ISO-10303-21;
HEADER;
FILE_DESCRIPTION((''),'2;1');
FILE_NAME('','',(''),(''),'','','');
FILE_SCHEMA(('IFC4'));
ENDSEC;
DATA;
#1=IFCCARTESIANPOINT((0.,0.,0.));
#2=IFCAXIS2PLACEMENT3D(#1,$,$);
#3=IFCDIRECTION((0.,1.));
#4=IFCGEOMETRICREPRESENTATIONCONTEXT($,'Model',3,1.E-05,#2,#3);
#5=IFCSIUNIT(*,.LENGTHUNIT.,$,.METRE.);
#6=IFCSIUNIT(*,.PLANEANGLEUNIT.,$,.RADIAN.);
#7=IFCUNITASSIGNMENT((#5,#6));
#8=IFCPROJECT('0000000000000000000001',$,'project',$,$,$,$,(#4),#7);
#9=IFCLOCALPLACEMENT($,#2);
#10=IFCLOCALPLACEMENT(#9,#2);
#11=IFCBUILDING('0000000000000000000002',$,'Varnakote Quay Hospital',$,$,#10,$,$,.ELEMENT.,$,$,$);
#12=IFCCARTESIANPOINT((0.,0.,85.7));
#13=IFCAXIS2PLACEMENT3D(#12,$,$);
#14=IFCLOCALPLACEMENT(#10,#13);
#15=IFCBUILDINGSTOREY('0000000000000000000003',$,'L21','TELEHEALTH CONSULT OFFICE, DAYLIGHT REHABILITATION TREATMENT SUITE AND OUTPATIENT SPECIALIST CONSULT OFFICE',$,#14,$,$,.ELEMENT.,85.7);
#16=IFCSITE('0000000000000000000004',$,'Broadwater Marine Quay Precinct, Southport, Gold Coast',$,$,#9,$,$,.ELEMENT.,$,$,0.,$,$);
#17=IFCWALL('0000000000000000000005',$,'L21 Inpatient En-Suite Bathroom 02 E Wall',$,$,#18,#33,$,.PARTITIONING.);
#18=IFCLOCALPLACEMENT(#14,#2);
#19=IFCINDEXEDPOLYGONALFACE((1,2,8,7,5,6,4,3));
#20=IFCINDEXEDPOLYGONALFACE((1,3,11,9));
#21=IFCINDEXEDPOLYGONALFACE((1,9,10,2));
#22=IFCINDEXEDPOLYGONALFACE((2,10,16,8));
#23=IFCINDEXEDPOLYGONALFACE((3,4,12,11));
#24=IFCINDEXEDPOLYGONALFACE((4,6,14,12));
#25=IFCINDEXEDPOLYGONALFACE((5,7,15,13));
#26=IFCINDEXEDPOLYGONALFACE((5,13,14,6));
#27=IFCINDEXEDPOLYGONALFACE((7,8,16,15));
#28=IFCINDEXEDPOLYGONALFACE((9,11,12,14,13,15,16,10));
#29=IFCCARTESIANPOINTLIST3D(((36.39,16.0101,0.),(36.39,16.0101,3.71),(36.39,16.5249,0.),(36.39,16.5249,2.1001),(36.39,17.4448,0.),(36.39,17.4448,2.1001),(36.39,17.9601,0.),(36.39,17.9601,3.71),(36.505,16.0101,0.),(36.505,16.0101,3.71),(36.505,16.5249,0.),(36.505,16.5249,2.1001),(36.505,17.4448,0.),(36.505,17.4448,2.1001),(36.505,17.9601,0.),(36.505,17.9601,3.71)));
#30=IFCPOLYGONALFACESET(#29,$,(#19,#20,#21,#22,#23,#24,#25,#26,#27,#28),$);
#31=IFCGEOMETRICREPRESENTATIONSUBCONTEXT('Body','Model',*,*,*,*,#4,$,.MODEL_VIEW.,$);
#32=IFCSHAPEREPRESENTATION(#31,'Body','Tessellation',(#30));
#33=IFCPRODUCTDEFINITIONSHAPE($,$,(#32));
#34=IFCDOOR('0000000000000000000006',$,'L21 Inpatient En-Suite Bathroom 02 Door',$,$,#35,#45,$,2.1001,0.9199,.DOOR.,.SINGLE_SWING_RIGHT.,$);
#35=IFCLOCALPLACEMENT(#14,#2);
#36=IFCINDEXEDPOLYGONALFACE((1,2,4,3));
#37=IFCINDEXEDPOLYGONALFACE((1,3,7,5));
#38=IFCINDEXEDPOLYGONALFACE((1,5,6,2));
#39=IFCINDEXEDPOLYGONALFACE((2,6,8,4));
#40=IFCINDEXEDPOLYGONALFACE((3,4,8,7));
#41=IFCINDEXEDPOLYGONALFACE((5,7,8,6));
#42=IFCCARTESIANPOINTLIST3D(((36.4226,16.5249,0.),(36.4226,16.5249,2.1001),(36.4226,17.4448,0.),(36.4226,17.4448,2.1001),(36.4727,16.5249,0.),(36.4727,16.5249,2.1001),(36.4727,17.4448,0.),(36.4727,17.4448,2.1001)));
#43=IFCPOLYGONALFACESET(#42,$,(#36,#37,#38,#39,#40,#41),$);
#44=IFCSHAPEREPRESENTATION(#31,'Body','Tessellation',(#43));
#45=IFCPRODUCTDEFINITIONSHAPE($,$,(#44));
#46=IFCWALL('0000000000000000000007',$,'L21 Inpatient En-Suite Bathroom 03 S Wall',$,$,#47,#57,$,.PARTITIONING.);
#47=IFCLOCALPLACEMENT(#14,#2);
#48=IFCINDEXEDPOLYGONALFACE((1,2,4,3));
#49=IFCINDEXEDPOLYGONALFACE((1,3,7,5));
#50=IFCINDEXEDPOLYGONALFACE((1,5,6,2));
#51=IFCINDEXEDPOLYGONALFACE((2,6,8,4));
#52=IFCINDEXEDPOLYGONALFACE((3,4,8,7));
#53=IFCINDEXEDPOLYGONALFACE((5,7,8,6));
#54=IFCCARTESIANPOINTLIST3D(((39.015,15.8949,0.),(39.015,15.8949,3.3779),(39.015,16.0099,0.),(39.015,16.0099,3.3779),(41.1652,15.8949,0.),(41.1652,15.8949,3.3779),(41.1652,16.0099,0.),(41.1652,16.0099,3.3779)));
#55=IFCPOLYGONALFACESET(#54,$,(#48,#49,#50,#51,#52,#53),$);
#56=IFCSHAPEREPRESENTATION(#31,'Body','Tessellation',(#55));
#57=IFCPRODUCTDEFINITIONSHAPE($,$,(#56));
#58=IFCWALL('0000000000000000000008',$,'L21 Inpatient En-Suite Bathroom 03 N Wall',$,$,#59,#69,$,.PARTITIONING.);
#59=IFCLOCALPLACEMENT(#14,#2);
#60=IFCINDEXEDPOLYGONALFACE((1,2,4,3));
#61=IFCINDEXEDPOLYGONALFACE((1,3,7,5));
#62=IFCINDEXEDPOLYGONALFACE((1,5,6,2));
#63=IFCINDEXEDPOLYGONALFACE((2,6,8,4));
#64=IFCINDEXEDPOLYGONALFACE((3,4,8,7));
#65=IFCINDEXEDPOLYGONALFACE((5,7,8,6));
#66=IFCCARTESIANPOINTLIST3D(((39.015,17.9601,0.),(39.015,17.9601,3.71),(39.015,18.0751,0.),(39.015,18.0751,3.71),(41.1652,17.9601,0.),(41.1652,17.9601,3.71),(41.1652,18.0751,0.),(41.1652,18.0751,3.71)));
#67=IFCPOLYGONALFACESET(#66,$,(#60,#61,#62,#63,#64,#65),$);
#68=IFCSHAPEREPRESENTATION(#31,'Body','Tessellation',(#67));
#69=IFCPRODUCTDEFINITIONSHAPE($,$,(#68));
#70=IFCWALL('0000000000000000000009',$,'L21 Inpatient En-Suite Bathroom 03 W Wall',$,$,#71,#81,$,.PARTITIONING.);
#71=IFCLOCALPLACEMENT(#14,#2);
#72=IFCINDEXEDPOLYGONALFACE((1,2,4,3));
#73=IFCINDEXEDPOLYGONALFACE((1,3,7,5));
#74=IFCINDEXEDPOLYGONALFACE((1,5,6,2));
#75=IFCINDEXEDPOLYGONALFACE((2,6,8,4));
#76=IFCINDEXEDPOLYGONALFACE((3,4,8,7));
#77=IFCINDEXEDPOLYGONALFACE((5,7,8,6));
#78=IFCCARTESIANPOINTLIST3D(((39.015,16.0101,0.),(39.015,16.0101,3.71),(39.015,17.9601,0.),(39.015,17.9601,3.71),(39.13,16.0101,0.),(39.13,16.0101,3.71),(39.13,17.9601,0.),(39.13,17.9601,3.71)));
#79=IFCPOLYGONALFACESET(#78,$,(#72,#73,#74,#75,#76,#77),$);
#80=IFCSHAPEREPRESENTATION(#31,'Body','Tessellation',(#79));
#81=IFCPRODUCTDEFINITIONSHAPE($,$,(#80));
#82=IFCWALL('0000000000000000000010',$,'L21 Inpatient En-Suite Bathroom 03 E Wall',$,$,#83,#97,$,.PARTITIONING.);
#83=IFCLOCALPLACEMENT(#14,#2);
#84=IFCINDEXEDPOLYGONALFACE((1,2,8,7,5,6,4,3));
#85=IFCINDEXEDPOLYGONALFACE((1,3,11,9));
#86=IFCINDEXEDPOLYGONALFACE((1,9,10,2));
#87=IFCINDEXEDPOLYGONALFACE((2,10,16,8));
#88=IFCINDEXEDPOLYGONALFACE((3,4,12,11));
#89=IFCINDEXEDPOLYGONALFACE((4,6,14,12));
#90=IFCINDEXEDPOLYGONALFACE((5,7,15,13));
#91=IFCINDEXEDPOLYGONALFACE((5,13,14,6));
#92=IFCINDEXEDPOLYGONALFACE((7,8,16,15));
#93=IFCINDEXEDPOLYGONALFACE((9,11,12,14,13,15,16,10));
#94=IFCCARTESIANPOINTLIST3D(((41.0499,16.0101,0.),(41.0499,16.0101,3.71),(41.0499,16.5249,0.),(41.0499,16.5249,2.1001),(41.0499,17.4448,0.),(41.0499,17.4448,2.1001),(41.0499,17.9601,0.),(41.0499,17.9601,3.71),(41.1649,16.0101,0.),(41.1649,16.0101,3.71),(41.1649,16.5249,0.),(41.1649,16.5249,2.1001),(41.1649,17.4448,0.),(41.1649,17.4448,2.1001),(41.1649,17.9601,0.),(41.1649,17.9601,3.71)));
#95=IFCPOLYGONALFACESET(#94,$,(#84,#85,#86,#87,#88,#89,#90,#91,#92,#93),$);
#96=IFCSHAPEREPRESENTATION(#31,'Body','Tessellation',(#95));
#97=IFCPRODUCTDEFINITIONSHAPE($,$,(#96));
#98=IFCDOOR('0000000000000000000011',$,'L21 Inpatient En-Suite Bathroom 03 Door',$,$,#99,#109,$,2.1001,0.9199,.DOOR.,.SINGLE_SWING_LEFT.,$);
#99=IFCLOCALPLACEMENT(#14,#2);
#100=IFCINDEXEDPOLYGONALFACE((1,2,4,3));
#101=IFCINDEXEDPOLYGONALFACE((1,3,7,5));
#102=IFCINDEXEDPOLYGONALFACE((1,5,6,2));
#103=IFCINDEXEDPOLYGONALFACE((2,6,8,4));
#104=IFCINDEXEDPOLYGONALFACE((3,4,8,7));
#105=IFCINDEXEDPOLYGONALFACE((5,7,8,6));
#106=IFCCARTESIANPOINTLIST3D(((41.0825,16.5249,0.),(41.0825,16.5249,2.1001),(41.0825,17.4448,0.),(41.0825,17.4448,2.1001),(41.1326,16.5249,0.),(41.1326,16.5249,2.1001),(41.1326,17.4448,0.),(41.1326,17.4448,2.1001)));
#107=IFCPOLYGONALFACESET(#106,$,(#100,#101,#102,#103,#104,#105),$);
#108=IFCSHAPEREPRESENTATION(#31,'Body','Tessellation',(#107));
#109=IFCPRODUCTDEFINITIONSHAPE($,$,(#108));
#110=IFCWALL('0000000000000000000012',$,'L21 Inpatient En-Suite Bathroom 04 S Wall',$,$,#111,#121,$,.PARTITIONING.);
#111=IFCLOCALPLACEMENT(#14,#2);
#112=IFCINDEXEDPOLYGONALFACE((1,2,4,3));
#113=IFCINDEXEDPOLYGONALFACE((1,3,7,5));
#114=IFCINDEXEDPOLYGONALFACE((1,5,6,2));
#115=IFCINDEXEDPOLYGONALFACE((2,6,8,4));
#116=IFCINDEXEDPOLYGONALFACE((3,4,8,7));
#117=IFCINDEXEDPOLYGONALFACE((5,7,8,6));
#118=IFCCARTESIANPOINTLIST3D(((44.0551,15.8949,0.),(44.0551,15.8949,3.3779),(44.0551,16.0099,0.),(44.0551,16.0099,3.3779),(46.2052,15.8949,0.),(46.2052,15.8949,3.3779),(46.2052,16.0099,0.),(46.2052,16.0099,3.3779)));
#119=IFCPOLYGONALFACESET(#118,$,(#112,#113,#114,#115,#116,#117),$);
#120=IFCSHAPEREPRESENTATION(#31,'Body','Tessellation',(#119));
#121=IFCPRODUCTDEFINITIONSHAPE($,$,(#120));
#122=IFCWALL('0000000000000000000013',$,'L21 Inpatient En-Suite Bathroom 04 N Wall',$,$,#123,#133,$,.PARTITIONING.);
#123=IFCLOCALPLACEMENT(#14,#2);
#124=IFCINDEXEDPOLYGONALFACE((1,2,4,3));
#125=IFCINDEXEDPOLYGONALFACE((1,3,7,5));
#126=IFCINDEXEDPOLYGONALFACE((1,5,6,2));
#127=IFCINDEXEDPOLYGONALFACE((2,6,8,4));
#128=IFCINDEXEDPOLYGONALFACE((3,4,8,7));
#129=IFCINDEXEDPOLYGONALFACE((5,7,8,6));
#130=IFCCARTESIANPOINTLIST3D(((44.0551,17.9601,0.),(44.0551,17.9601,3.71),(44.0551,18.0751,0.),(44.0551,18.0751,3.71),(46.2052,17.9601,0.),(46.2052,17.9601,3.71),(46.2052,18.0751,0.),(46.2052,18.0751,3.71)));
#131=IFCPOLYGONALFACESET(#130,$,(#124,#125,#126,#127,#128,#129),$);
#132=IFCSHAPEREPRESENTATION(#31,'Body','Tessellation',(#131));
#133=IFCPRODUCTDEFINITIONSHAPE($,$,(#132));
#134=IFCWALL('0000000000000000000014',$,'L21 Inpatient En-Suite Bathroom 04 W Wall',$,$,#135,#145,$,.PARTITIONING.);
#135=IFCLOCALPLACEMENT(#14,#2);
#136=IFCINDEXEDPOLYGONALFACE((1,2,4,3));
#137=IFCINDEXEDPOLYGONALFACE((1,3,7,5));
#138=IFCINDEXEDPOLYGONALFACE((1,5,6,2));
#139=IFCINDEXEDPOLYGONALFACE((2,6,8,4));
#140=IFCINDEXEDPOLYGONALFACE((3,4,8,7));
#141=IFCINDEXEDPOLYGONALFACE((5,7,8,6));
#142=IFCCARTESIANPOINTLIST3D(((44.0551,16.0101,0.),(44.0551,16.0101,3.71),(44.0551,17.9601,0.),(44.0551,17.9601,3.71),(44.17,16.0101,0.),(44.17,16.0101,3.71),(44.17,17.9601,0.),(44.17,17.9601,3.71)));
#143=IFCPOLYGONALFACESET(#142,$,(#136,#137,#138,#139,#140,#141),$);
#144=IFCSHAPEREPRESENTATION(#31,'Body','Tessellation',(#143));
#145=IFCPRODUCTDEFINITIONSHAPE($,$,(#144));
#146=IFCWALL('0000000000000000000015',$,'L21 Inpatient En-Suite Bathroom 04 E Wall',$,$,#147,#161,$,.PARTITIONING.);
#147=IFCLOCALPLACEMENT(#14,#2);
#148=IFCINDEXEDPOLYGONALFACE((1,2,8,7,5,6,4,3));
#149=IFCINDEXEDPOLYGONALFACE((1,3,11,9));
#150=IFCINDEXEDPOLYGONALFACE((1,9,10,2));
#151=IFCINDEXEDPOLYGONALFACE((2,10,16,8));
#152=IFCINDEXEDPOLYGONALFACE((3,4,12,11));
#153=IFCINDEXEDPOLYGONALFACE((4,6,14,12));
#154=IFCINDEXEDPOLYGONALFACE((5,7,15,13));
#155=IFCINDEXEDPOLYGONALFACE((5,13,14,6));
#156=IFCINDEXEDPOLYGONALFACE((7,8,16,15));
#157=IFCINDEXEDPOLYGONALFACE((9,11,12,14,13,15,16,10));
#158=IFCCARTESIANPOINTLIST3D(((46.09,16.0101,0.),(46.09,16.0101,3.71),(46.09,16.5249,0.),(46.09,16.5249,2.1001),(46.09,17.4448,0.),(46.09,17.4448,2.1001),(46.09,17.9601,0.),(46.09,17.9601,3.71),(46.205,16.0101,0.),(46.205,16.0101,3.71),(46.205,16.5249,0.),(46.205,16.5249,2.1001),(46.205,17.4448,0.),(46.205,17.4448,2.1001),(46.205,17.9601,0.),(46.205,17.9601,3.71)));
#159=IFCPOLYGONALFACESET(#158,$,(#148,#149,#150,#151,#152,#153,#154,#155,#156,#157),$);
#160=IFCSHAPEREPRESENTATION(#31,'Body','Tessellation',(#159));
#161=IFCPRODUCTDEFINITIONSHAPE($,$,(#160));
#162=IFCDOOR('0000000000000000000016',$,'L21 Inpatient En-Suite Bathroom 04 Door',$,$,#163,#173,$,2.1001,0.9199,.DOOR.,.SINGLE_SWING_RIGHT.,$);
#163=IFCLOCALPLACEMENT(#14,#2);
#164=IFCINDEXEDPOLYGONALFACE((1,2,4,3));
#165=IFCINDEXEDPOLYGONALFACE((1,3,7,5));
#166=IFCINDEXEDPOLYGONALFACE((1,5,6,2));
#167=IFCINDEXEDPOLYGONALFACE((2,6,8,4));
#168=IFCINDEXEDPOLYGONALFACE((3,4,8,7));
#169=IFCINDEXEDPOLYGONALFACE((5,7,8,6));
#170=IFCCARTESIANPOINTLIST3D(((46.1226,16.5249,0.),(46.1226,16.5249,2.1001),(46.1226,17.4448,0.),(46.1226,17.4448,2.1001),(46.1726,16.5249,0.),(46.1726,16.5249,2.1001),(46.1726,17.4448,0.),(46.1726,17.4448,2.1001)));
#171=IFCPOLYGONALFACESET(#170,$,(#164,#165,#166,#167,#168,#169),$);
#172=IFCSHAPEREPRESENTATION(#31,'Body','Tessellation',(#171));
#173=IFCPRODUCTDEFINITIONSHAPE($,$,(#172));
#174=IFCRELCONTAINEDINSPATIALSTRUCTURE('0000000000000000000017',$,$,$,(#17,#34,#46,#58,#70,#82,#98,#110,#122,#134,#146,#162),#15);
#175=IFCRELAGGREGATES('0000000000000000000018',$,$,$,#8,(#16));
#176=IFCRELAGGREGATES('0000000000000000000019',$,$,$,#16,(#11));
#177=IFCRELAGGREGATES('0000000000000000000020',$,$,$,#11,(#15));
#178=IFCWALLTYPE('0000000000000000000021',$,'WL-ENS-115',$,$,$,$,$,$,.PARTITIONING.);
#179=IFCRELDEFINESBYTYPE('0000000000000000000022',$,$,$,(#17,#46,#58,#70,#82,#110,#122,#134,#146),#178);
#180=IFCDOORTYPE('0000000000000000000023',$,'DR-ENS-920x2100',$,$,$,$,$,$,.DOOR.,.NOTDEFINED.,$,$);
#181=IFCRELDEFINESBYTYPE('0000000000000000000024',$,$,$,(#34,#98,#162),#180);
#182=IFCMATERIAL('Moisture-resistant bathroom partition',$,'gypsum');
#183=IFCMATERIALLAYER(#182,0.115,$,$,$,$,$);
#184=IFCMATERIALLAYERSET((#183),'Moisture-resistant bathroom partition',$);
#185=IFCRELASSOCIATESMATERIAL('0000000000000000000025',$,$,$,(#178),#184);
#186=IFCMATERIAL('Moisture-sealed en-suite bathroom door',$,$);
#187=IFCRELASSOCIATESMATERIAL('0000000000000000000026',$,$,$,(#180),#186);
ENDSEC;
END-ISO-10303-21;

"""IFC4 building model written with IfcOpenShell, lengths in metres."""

from ifc_helpers import new_model, si_unit, direction, frame, frame_2d, origin, place, context, subcontext, project, spatial, rectangle, extrude, material, layer, layer_set, type_object, element, fill, save


model = new_model("IFC4")

# Units and contexts
model_context = context("Model", 3, precision=1e-05, world=origin(), true_north=direction((0.0, 1.0)))
body_context = subcontext(model_context, "Body", "Model", "MODEL_VIEW")
ifc_project = project(units=[si_unit("LENGTHUNIT", "METRE"), si_unit("PLANEANGLEUNIT", "RADIAN")], contexts=[model_context])

# Site, building, storey
site_placement = place(None, origin())
site = spatial("IfcSite", under=ifc_project, at=site_placement, Name="Broadwater Marine Quay Precinct, Southport, Gold Coast", CompositionType="ELEMENT", RefElevation=0.0)
building_placement = place(site_placement, origin())
building = spatial("IfcBuilding", under=site, at=building_placement, Name="Varnakote Quay Hospital", CompositionType="ELEMENT")
storey_placement = place(building_placement, frame((0.0, 0.0, 85.7)))
storey = spatial("IfcBuildingStorey", under=building, at=storey_placement, Name="L21", Description="TELEHEALTH CONSULT OFFICE, DAYLIGHT REHABILITATION TREATMENT SUITE AND OUTPATIENT SPECIALIST CONSULT OFFICE", CompositionType="ELEMENT", Elevation=85.7)

# Shared definitions
ifc_material_1 = material(Name="Moisture-resistant bathroom partition", Category="gypsum")
ifc_layer_1 = layer(ifc_material_1, 0.115)
ifc_layer_set_1 = layer_set([ifc_layer_1], Name="Moisture-resistant bathroom partition")
wall_type_1 = type_object("IfcWallType", Name="WL-ENS-115", PredefinedType="PARTITIONING", material=ifc_layer_set_1)

# Wall, opening, door
wall_1_placement = place(storey_placement, frame((36.4475, 16.01, 0.0), z_axis=(0.0, 0.0, 1.0), x_axis=(0.0, 1.0, 0.0)))
wall_1 = element("IfcWall", 1, at=wall_1_placement, inside=storey, type_object=wall_type_1, Name="L21 Inpatient En-Suite Bathroom 02 E Wall", PredefinedType="PARTITIONING", context=body_context, shape_type="SweptSolid", body=[
    extrude(rectangle(XDim=1.95, YDim=0.115, at=frame_2d((0.9751, 0.0))), origin(), (0.0, 0.0, 1.0), 3.71),
])
opening_1_placement = place(wall_1_placement, frame((0.5149, 0.0, 0.0)))
opening_1 = element("IfcOpeningElement", 2, at=opening_1_placement, cuts=wall_1, PredefinedType="OPENING", context=body_context, shape_type="SweptSolid", body=[
    extrude(rectangle(XDim=0.9199, YDim=2.1001, at=frame_2d((0.46, 1.05))), frame((0.0, 0.0674, 0.0), z_axis=(0.0, -1.0, 0.0), x_axis=(1.0, 0.0, 0.0)), (0.0, 0.0, 1.0), 0.135),
])
ifc_material_2 = material(Name="Moisture-sealed en-suite bathroom door")
door_type_1 = type_object("IfcDoorType", Name="DR-ENS-920x2100", OperationType="NOTDEFINED", PredefinedType="DOOR", material=ifc_material_2)
door_1_placement = place(opening_1_placement, origin())
door_1 = element("IfcDoor", 3, at=door_1_placement, inside=storey, type_object=door_type_1, Name="L21 Inpatient En-Suite Bathroom 02 Door", OperationType="SINGLE_SWING_RIGHT", OverallHeight=2.1001, OverallWidth=0.9199, PredefinedType="DOOR", context=body_context, shape_type="SweptSolid", body=[
    extrude(rectangle(XDim=0.9199, YDim=2.1001, at=frame_2d((0.46, 1.05))), frame((0.0, 0.0249, 0.0), z_axis=(0.0, -1.0, 0.0), x_axis=(1.0, 0.0, 0.0)), (0.0, 0.0, 1.0), 0.05),
])
fill(opening_1, door_1)

# Walls
wall_2_placement = place(storey_placement, frame((39.0149, 15.9524, 0.0), z_axis=(0.0, 0.0, 1.0), x_axis=(1.0, 0.0, 0.0)))
element("IfcWall", 4, at=wall_2_placement, inside=storey, type_object=wall_type_1, Name="L21 Inpatient En-Suite Bathroom 03 S Wall", PredefinedType="PARTITIONING", context=body_context, shape_type="SweptSolid", body=[
    extrude(rectangle(XDim=2.1501, YDim=0.115, at=frame_2d((1.0752, 0.0))), origin(), (0.0, 0.0, 1.0), 3.3779),
])
wall_3_placement = place(storey_placement, frame((39.0149, 18.0176, 0.0), z_axis=(0.0, 0.0, 1.0), x_axis=(1.0, 0.0, 0.0)))
element("IfcWall", 5, at=wall_3_placement, inside=storey, type_object=wall_type_1, Name="L21 Inpatient En-Suite Bathroom 03 N Wall", PredefinedType="PARTITIONING", context=body_context, shape_type="SweptSolid", body=[
    extrude(rectangle(XDim=2.1501, YDim=0.115, at=frame_2d((1.0752, 0.0))), origin(), (0.0, 0.0, 1.0), 3.71),
])
wall_4_placement = place(storey_placement, frame((39.0725, 16.01, 0.0), z_axis=(0.0, 0.0, 1.0), x_axis=(0.0, 1.0, 0.0)))
element("IfcWall", 6, at=wall_4_placement, inside=storey, type_object=wall_type_1, Name="L21 Inpatient En-Suite Bathroom 03 W Wall", PredefinedType="PARTITIONING", context=body_context, shape_type="SweptSolid", body=[
    extrude(rectangle(XDim=1.95, YDim=0.115, at=frame_2d((0.9751, 0.0))), origin(), (0.0, 0.0, 1.0), 3.71),
])

# Wall, opening, door
wall_5_placement = place(storey_placement, frame((41.1074, 16.01, 0.0), z_axis=(0.0, 0.0, 1.0), x_axis=(0.0, 1.0, 0.0)))
wall_5 = element("IfcWall", 7, at=wall_5_placement, inside=storey, type_object=wall_type_1, Name="L21 Inpatient En-Suite Bathroom 03 E Wall", PredefinedType="PARTITIONING", context=body_context, shape_type="SweptSolid", body=[
    extrude(rectangle(XDim=1.95, YDim=0.115, at=frame_2d((0.9751, 0.0))), origin(), (0.0, 0.0, 1.0), 3.71),
])
opening_2_placement = place(wall_5_placement, frame((0.5149, 0.0, 0.0)))
opening_2 = element("IfcOpeningElement", 8, at=opening_2_placement, cuts=wall_5, PredefinedType="OPENING", context=body_context, shape_type="SweptSolid", body=[
    extrude(rectangle(XDim=0.9199, YDim=2.1001, at=frame_2d((0.46, 1.05))), frame((0.0, 0.0674, 0.0), z_axis=(0.0, -1.0, 0.0), x_axis=(1.0, 0.0, 0.0)), (0.0, 0.0, 1.0), 0.135),
])
door_2_placement = place(opening_2_placement, origin())
door_2 = element("IfcDoor", 9, at=door_2_placement, inside=storey, type_object=door_type_1, Name="L21 Inpatient En-Suite Bathroom 03 Door", OperationType="SINGLE_SWING_LEFT", OverallHeight=2.1001, OverallWidth=0.9199, PredefinedType="DOOR", context=body_context, shape_type="SweptSolid", body=[
    extrude(rectangle(XDim=0.9199, YDim=2.1001, at=frame_2d((0.46, 1.05))), frame((0.0, 0.0249, 0.0), z_axis=(0.0, -1.0, 0.0), x_axis=(1.0, 0.0, 0.0)), (0.0, 0.0, 1.0), 0.05),
])
fill(opening_2, door_2)

# Walls
wall_6_placement = place(storey_placement, frame((44.0549, 15.9524, 0.0), z_axis=(0.0, 0.0, 1.0), x_axis=(1.0, 0.0, 0.0)))
element("IfcWall", 10, at=wall_6_placement, inside=storey, type_object=wall_type_1, Name="L21 Inpatient En-Suite Bathroom 04 S Wall", PredefinedType="PARTITIONING", context=body_context, shape_type="SweptSolid", body=[
    extrude(rectangle(XDim=2.1501, YDim=0.115, at=frame_2d((1.0752, 0.0))), origin(), (0.0, 0.0, 1.0), 3.3779),
])
wall_7_placement = place(storey_placement, frame((44.0549, 18.0176, 0.0), z_axis=(0.0, 0.0, 1.0), x_axis=(1.0, 0.0, 0.0)))
element("IfcWall", 11, at=wall_7_placement, inside=storey, type_object=wall_type_1, Name="L21 Inpatient En-Suite Bathroom 04 N Wall", PredefinedType="PARTITIONING", context=body_context, shape_type="SweptSolid", body=[
    extrude(rectangle(XDim=2.1501, YDim=0.115, at=frame_2d((1.0752, 0.0))), origin(), (0.0, 0.0, 1.0), 3.71),
])
wall_8_placement = place(storey_placement, frame((44.1125, 16.01, 0.0), z_axis=(0.0, 0.0, 1.0), x_axis=(0.0, 1.0, 0.0)))
element("IfcWall", 12, at=wall_8_placement, inside=storey, type_object=wall_type_1, Name="L21 Inpatient En-Suite Bathroom 04 W Wall", PredefinedType="PARTITIONING", context=body_context, shape_type="SweptSolid", body=[
    extrude(rectangle(XDim=1.95, YDim=0.115, at=frame_2d((0.9751, 0.0))), origin(), (0.0, 0.0, 1.0), 3.71),
])

# Wall, opening, door
wall_9_placement = place(storey_placement, frame((46.1475, 16.01, 0.0), z_axis=(0.0, 0.0, 1.0), x_axis=(0.0, 1.0, 0.0)))
wall_9 = element("IfcWall", 13, at=wall_9_placement, inside=storey, type_object=wall_type_1, Name="L21 Inpatient En-Suite Bathroom 04 E Wall", PredefinedType="PARTITIONING", context=body_context, shape_type="SweptSolid", body=[
    extrude(rectangle(XDim=1.95, YDim=0.115, at=frame_2d((0.9751, 0.0))), origin(), (0.0, 0.0, 1.0), 3.71),
])
opening_3_placement = place(wall_9_placement, frame((0.5149, 0.0, 0.0)))
opening_3 = element("IfcOpeningElement", 14, at=opening_3_placement, cuts=wall_9, PredefinedType="OPENING", context=body_context, shape_type="SweptSolid", body=[
    extrude(rectangle(XDim=0.9199, YDim=2.1001, at=frame_2d((0.46, 1.05))), frame((0.0, 0.0674, 0.0), z_axis=(0.0, -1.0, 0.0), x_axis=(1.0, 0.0, 0.0)), (0.0, 0.0, 1.0), 0.135),
])
door_3_placement = place(opening_3_placement, origin())
door_3 = element("IfcDoor", 15, at=door_3_placement, inside=storey, type_object=door_type_1, Name="L21 Inpatient En-Suite Bathroom 04 Door", OperationType="SINGLE_SWING_RIGHT", OverallHeight=2.1001, OverallWidth=0.9199, PredefinedType="DOOR", context=body_context, shape_type="SweptSolid", body=[
    extrude(rectangle(XDim=0.9199, YDim=2.1001, at=frame_2d((0.46, 1.05))), frame((0.0, 0.0249, 0.0), z_axis=(0.0, -1.0, 0.0), x_axis=(1.0, 0.0, 0.0)), (0.0, 0.0, 1.0), 0.05),
])
fill(opening_3, door_3)

save(model, "model.ifc")
